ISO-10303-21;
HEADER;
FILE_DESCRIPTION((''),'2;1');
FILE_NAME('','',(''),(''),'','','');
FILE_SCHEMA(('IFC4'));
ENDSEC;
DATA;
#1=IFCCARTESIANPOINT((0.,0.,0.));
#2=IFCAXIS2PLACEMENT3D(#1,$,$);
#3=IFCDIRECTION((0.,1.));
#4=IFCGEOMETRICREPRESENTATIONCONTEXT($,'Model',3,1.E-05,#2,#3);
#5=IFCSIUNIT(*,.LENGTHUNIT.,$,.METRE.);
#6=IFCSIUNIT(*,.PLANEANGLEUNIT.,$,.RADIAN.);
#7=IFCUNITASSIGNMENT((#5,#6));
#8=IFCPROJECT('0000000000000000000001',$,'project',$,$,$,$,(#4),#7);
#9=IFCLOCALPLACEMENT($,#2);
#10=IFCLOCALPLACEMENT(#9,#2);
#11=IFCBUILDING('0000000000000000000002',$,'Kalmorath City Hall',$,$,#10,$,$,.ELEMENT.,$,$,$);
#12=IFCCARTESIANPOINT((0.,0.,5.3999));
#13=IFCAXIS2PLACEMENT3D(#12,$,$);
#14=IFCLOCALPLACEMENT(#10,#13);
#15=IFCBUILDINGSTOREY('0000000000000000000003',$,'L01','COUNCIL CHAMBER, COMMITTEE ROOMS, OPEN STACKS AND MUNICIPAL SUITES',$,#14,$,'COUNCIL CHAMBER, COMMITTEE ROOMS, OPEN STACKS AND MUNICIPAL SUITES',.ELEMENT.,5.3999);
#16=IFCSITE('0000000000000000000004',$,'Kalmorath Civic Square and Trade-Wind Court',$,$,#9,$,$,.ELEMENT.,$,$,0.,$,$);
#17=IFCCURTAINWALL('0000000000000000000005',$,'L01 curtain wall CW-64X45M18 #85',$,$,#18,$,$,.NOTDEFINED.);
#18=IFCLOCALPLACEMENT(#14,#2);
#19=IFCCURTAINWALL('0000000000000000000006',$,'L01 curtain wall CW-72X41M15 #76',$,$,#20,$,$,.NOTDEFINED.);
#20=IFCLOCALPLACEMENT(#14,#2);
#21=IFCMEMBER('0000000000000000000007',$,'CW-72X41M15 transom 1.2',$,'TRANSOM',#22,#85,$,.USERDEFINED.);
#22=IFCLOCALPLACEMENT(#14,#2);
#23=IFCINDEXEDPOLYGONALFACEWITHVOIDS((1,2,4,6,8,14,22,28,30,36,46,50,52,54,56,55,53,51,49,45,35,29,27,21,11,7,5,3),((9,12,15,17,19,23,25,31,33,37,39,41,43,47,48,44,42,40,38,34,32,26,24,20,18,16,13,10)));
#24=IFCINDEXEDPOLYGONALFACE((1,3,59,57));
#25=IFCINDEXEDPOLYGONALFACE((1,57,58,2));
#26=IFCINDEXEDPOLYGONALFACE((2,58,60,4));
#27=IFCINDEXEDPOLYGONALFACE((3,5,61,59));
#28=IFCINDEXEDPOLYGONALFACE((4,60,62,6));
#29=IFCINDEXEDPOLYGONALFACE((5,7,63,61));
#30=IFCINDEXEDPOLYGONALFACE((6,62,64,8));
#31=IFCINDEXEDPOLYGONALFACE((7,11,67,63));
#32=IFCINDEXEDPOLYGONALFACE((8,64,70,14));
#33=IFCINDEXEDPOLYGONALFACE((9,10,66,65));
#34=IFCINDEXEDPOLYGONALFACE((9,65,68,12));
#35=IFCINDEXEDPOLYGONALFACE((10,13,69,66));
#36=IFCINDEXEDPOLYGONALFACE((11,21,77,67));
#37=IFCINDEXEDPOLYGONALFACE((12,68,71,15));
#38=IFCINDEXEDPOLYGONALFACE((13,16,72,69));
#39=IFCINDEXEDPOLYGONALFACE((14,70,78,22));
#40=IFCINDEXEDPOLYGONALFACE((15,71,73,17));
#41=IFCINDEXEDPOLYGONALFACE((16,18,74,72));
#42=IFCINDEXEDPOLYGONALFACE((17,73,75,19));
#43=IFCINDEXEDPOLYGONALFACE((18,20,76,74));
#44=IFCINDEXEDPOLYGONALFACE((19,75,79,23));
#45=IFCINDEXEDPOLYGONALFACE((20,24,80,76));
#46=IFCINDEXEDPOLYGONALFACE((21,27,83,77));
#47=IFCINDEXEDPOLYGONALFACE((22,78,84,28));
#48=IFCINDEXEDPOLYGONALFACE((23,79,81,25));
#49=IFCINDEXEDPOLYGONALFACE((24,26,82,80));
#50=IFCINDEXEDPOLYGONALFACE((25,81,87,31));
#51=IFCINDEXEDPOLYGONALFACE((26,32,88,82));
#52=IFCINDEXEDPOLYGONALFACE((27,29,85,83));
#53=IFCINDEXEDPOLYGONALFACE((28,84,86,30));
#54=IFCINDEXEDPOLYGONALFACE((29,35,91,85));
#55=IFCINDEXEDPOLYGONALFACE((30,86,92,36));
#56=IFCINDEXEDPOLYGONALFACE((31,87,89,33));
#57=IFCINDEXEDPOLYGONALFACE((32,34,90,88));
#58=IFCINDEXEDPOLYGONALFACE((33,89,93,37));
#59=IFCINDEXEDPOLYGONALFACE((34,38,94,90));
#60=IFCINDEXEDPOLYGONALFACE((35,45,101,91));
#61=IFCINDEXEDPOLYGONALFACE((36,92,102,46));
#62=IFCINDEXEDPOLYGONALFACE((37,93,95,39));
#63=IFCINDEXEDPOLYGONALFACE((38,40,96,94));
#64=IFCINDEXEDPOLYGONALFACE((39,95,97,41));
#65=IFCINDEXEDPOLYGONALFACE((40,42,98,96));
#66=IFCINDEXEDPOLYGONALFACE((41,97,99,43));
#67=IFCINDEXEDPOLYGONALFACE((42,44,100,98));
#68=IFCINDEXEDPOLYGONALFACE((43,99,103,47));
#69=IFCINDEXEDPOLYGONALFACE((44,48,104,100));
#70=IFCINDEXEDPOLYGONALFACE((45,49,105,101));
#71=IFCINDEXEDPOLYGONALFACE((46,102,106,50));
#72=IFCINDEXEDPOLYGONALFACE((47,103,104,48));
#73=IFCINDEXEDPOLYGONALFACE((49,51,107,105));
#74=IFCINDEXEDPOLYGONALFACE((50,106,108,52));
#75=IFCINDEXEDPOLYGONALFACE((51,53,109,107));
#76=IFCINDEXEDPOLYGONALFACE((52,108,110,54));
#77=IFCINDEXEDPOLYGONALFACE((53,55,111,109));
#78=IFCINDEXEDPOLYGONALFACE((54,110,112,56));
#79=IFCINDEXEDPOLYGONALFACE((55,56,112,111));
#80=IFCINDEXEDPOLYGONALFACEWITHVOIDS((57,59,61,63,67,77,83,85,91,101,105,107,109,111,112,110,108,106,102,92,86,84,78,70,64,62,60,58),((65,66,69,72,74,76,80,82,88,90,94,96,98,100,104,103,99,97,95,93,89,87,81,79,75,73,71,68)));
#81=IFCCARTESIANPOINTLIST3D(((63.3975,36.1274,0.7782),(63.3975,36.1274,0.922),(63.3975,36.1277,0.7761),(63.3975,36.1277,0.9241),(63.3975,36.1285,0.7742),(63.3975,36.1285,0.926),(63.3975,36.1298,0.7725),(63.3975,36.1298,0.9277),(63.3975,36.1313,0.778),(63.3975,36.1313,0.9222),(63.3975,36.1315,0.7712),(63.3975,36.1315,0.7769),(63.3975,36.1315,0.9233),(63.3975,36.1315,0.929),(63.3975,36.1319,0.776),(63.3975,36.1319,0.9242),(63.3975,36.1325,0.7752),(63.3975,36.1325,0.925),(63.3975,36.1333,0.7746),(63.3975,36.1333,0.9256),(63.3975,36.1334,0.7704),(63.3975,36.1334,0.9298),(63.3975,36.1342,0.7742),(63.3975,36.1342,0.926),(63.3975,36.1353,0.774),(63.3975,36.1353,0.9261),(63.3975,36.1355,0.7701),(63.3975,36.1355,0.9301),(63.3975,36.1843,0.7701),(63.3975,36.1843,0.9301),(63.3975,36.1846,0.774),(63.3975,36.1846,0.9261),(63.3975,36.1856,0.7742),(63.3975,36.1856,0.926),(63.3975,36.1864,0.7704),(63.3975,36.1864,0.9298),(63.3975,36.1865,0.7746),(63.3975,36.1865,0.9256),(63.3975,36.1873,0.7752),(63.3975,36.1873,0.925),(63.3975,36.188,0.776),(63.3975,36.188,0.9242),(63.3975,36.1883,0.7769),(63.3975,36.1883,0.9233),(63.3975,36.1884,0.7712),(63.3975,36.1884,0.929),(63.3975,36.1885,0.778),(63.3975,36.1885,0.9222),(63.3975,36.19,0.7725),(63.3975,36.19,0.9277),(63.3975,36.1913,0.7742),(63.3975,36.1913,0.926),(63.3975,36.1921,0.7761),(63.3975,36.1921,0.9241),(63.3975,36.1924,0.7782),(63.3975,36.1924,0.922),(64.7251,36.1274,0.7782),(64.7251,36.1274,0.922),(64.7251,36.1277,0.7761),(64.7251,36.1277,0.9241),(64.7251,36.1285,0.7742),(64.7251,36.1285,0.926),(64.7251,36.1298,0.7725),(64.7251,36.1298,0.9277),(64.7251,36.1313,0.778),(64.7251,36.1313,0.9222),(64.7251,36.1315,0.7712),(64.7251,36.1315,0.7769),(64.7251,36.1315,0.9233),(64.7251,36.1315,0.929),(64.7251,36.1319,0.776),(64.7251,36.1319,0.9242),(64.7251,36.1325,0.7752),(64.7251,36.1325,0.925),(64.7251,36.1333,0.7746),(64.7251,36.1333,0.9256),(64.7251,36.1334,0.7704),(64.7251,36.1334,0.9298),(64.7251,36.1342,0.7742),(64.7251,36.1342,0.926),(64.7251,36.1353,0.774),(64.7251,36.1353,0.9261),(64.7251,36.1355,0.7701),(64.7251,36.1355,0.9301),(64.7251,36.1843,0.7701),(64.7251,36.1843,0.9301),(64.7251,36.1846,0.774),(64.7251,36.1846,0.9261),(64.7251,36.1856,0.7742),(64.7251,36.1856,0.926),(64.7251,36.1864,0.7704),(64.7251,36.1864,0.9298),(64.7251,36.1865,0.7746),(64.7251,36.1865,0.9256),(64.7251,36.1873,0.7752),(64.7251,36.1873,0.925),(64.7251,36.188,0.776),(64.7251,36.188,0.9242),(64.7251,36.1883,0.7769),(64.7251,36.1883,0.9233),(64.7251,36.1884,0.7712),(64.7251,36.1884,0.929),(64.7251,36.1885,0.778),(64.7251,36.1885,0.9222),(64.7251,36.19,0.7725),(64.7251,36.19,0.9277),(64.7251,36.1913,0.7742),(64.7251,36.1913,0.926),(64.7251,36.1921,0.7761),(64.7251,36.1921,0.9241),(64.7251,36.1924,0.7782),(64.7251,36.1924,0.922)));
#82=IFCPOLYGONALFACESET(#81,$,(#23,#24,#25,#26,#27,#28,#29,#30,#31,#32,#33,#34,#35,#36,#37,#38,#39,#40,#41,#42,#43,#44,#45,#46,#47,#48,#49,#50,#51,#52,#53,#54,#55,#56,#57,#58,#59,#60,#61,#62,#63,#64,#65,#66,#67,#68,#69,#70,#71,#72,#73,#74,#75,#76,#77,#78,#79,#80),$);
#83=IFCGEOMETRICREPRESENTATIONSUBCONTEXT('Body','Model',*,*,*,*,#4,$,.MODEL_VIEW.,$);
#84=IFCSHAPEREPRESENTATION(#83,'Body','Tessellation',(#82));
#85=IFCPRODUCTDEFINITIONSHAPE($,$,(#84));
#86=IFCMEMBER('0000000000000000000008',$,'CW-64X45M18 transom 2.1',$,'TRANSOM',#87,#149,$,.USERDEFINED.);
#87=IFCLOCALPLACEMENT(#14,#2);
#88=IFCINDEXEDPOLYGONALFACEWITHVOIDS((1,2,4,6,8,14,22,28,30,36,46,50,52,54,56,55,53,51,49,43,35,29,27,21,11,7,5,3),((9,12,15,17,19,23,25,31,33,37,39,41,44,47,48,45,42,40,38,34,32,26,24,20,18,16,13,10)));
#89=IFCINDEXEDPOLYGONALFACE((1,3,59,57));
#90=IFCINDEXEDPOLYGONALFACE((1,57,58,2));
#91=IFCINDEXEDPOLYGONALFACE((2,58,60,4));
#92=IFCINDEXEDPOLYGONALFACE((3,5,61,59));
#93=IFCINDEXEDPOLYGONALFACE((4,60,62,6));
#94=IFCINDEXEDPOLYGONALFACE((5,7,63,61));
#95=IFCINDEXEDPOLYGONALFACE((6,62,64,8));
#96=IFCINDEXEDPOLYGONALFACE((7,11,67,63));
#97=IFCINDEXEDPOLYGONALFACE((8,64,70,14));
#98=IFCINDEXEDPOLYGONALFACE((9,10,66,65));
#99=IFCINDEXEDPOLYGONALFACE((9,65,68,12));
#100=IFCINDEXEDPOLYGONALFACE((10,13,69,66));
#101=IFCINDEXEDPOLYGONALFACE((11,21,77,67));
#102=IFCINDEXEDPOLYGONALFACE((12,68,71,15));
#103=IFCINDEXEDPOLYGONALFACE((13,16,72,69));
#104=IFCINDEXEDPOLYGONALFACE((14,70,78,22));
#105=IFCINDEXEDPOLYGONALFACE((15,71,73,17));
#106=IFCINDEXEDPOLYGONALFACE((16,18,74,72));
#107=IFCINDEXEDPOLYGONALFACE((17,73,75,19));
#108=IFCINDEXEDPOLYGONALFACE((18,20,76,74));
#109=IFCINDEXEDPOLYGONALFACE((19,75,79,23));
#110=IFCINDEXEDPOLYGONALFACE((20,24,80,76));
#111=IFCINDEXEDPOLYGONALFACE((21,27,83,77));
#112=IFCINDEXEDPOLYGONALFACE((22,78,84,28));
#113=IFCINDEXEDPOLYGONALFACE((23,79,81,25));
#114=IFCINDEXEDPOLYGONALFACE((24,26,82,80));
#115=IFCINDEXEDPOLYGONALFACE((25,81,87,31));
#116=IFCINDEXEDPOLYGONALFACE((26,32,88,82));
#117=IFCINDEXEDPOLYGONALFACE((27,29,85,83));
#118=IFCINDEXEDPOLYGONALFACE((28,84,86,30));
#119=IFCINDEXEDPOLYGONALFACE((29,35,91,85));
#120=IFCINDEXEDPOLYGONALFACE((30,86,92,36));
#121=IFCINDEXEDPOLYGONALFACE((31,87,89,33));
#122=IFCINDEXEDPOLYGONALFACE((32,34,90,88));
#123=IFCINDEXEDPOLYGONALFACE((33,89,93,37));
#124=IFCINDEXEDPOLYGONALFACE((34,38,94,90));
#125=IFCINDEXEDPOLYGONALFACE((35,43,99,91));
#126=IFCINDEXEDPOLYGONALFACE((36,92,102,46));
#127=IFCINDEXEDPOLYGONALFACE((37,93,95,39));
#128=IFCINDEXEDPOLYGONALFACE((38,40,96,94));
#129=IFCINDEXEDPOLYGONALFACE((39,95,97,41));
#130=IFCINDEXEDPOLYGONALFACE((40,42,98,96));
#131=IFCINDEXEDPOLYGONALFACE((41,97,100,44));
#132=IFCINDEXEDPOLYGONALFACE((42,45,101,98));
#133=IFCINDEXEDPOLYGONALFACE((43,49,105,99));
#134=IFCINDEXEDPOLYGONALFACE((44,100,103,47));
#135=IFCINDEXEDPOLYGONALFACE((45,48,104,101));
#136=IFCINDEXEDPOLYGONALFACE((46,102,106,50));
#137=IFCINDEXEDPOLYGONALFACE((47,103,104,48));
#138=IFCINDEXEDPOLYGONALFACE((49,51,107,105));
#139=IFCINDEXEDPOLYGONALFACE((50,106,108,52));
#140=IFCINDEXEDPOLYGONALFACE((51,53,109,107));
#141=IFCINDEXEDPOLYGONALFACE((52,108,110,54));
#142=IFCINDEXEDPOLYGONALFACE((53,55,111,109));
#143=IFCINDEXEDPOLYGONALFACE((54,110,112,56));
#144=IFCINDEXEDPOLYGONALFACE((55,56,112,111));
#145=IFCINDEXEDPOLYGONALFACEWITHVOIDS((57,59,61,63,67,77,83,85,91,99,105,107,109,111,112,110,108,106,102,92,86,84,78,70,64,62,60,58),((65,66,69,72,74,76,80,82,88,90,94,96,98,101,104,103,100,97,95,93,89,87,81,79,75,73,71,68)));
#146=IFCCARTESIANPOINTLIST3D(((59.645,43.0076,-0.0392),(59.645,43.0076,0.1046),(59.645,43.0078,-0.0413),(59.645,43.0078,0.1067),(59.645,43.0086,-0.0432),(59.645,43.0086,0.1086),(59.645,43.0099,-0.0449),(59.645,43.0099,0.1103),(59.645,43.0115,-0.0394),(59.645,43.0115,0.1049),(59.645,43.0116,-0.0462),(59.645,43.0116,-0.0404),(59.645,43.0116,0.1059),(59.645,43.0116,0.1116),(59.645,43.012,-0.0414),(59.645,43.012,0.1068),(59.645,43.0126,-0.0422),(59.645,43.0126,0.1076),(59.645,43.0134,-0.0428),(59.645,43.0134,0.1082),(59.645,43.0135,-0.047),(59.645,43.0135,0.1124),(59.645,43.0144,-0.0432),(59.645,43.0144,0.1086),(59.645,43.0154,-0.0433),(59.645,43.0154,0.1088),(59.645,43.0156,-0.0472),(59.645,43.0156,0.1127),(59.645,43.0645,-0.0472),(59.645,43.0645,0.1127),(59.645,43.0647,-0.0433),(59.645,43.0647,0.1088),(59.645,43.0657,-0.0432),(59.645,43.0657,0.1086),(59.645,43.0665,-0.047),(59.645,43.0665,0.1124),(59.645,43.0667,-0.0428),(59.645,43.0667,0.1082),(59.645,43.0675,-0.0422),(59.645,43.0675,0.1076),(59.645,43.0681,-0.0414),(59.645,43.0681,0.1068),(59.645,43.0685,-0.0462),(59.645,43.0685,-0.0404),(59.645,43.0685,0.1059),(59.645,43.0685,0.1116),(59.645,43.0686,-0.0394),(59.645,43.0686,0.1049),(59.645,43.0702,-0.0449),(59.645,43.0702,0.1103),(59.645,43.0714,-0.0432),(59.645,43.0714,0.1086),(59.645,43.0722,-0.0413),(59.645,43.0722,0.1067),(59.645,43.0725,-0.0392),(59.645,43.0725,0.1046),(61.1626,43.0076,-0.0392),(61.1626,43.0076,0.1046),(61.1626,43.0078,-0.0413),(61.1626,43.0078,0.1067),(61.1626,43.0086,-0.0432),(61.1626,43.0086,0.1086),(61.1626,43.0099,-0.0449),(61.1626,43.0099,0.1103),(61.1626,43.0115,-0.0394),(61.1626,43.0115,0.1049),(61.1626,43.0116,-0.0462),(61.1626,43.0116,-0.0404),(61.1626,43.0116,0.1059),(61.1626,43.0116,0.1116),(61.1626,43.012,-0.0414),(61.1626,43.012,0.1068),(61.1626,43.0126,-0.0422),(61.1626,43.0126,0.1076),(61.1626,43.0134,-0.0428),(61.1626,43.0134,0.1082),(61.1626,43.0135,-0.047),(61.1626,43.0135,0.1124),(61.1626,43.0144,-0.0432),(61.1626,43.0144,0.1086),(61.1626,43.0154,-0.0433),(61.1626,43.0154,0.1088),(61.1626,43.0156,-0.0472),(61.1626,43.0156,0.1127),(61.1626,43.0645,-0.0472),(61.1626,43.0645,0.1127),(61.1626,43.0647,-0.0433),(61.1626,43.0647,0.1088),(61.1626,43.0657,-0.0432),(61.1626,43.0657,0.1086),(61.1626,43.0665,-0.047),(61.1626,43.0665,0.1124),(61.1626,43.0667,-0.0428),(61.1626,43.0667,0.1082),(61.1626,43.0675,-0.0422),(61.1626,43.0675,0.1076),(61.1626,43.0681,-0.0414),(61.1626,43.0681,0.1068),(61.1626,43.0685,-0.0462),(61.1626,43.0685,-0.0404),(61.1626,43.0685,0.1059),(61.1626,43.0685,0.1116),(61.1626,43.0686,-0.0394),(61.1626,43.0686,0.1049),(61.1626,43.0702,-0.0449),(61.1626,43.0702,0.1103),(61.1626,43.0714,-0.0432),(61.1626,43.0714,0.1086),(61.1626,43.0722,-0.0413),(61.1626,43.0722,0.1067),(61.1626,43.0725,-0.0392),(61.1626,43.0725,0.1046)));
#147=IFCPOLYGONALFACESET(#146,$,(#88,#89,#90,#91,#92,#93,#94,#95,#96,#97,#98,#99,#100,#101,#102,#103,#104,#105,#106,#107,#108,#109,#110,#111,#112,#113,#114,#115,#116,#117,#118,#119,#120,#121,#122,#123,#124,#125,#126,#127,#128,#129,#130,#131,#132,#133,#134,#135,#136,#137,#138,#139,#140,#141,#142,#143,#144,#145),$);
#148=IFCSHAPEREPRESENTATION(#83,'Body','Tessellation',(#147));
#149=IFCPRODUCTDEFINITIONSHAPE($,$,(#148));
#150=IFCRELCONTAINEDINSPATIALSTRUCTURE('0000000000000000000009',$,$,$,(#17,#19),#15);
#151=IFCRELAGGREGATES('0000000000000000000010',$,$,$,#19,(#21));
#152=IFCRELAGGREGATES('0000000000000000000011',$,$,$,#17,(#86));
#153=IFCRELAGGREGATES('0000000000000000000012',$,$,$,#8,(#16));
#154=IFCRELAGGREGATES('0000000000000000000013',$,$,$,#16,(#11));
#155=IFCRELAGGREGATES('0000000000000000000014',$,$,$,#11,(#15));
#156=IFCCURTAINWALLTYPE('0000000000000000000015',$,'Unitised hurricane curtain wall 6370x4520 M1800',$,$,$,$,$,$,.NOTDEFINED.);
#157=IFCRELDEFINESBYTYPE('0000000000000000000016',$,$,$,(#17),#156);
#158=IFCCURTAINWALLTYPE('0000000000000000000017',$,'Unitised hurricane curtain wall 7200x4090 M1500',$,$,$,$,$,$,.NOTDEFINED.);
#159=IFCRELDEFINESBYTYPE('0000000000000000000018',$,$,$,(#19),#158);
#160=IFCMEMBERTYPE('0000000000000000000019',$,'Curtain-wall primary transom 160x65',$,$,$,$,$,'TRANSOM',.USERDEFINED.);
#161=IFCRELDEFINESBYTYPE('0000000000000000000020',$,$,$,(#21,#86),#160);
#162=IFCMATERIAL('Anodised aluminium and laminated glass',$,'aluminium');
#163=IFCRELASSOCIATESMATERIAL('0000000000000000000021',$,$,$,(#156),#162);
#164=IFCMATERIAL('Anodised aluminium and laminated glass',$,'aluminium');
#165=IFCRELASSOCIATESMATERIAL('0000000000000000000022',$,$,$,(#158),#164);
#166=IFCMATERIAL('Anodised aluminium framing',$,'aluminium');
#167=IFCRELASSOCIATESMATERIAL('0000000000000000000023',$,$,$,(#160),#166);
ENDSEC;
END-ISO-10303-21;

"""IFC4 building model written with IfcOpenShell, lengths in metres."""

from ifc_helpers import new_model, si_unit, direction, frame, origin, origin_2d, place, context, subcontext, project, spatial, hollow_rectangle, extrude, material, material_profile, profile_set, type_object, element, aggregate, save


model = new_model("IFC4")

# Units and contexts
model_context = context("Model", 3, precision=1e-05, world=origin(), true_north=direction((0.0, 1.0)))
body_context = subcontext(model_context, "Body", "Model", "MODEL_VIEW")
ifc_project = project(units=[si_unit("LENGTHUNIT", "METRE"), si_unit("PLANEANGLEUNIT", "RADIAN")], contexts=[model_context])

# Site, building, storey
site_placement = place(None, origin())
site = spatial("IfcSite", under=ifc_project, at=site_placement, Name="Kalmorath Civic Square and Trade-Wind Court", CompositionType="ELEMENT", RefElevation=0.0)
building_placement = place(site_placement, origin())
building = spatial("IfcBuilding", under=site, at=building_placement, Name="Kalmorath City Hall", CompositionType="ELEMENT")
storey_placement = place(building_placement, frame((0.0, 0.0, 5.3999)))
storey = spatial("IfcBuildingStorey", under=building, at=storey_placement, Name="L01", Description="COUNCIL CHAMBER, COMMITTEE ROOMS, OPEN STACKS AND MUNICIPAL SUITES", LongName="COUNCIL CHAMBER, COMMITTEE ROOMS, OPEN STACKS AND MUNICIPAL SUITES", CompositionType="ELEMENT", Elevation=5.3999)

# Curtain wall
ifc_material_1 = material(Name="Anodised aluminium and laminated glass", Category="aluminium")
curtain_wall_type_1 = type_object("IfcCurtainWallType", Name="Unitised hurricane curtain wall 6370x4520 M1800", PredefinedType="NOTDEFINED", material=ifc_material_1)
curtain_wall_1_placement = place(storey_placement, origin())
curtain_wall_1 = element("IfcCurtainWall", 1, at=curtain_wall_1_placement, inside=storey, type_object=curtain_wall_type_1, Name="L01 curtain wall CW-64X45M18 #85", PredefinedType="NOTDEFINED")

# Curtain wall, member
ifc_material_2 = material(Name="Anodised aluminium and laminated glass", Category="aluminium")
curtain_wall_type_2 = type_object("IfcCurtainWallType", Name="Unitised hurricane curtain wall 7200x4090 M1500", PredefinedType="NOTDEFINED", material=ifc_material_2)
curtain_wall_2_placement = place(storey_placement, origin())
curtain_wall_2 = element("IfcCurtainWall", 2, at=curtain_wall_2_placement, inside=storey, type_object=curtain_wall_type_2, Name="L01 curtain wall CW-72X41M15 #76", PredefinedType="NOTDEFINED")
ifc_material_3 = material(Name="Anodised aluminium framing", Category="aluminium")
ifc_material_profile_1 = material_profile(ifc_material_3, hollow_rectangle(XDim=0.0649, YDim=0.1599, WallThickness=0.0039, InnerFilletRadius=0.0039, OuterFilletRadius=0.0081, at=origin_2d()), Name="ALU-TRN-160X65X4")
ifc_profile_set_1 = profile_set([ifc_material_profile_1], Name="Anodised aluminium framing")
member_type_1 = type_object("IfcMemberType", Name="Curtain-wall primary transom 160x65", ElementType="TRANSOM", PredefinedType="USERDEFINED", material=ifc_profile_set_1)
member_1_placement = place(storey_placement, frame((64.7251, 36.1599, 0.8501), z_axis=(-1.0, 0.0, 0.0), x_axis=(0.0, -1.0, 0.0)))
member_1 = element("IfcMember", 3, at=member_1_placement, type_object=member_type_1, Name="CW-72X41M15 transom 1.2", ObjectType="TRANSOM", PredefinedType="USERDEFINED", context=body_context, shape_type="SweptSolid", body=[
    extrude(hollow_rectangle(XDim=0.0649, YDim=0.1599, WallThickness=0.0039, InnerFilletRadius=0.0039, OuterFilletRadius=0.0081, at=origin_2d()), origin(), (0.0, 0.0, 1.0), 1.3276),
])
aggregate(curtain_wall_2, [member_1])

# Member
member_2_placement = place(storey_placement, frame((59.645, 43.04, 0.0327), z_axis=(1.0, 0.0, 0.0), x_axis=(0.0, 1.0, 0.0)))
member_2 = element("IfcMember", 4, at=member_2_placement, type_object=member_type_1, Name="CW-64X45M18 transom 2.1", ObjectType="TRANSOM", PredefinedType="USERDEFINED", context=body_context, shape_type="SweptSolid", body=[
    extrude(hollow_rectangle(XDim=0.0649, YDim=0.1599, WallThickness=0.0039, InnerFilletRadius=0.0039, OuterFilletRadius=0.0081, at=origin_2d()), origin(), (0.0, 0.0, 1.0), 1.5176),
])

aggregate(curtain_wall_1, [member_2])

save(model, "model.ifc")
